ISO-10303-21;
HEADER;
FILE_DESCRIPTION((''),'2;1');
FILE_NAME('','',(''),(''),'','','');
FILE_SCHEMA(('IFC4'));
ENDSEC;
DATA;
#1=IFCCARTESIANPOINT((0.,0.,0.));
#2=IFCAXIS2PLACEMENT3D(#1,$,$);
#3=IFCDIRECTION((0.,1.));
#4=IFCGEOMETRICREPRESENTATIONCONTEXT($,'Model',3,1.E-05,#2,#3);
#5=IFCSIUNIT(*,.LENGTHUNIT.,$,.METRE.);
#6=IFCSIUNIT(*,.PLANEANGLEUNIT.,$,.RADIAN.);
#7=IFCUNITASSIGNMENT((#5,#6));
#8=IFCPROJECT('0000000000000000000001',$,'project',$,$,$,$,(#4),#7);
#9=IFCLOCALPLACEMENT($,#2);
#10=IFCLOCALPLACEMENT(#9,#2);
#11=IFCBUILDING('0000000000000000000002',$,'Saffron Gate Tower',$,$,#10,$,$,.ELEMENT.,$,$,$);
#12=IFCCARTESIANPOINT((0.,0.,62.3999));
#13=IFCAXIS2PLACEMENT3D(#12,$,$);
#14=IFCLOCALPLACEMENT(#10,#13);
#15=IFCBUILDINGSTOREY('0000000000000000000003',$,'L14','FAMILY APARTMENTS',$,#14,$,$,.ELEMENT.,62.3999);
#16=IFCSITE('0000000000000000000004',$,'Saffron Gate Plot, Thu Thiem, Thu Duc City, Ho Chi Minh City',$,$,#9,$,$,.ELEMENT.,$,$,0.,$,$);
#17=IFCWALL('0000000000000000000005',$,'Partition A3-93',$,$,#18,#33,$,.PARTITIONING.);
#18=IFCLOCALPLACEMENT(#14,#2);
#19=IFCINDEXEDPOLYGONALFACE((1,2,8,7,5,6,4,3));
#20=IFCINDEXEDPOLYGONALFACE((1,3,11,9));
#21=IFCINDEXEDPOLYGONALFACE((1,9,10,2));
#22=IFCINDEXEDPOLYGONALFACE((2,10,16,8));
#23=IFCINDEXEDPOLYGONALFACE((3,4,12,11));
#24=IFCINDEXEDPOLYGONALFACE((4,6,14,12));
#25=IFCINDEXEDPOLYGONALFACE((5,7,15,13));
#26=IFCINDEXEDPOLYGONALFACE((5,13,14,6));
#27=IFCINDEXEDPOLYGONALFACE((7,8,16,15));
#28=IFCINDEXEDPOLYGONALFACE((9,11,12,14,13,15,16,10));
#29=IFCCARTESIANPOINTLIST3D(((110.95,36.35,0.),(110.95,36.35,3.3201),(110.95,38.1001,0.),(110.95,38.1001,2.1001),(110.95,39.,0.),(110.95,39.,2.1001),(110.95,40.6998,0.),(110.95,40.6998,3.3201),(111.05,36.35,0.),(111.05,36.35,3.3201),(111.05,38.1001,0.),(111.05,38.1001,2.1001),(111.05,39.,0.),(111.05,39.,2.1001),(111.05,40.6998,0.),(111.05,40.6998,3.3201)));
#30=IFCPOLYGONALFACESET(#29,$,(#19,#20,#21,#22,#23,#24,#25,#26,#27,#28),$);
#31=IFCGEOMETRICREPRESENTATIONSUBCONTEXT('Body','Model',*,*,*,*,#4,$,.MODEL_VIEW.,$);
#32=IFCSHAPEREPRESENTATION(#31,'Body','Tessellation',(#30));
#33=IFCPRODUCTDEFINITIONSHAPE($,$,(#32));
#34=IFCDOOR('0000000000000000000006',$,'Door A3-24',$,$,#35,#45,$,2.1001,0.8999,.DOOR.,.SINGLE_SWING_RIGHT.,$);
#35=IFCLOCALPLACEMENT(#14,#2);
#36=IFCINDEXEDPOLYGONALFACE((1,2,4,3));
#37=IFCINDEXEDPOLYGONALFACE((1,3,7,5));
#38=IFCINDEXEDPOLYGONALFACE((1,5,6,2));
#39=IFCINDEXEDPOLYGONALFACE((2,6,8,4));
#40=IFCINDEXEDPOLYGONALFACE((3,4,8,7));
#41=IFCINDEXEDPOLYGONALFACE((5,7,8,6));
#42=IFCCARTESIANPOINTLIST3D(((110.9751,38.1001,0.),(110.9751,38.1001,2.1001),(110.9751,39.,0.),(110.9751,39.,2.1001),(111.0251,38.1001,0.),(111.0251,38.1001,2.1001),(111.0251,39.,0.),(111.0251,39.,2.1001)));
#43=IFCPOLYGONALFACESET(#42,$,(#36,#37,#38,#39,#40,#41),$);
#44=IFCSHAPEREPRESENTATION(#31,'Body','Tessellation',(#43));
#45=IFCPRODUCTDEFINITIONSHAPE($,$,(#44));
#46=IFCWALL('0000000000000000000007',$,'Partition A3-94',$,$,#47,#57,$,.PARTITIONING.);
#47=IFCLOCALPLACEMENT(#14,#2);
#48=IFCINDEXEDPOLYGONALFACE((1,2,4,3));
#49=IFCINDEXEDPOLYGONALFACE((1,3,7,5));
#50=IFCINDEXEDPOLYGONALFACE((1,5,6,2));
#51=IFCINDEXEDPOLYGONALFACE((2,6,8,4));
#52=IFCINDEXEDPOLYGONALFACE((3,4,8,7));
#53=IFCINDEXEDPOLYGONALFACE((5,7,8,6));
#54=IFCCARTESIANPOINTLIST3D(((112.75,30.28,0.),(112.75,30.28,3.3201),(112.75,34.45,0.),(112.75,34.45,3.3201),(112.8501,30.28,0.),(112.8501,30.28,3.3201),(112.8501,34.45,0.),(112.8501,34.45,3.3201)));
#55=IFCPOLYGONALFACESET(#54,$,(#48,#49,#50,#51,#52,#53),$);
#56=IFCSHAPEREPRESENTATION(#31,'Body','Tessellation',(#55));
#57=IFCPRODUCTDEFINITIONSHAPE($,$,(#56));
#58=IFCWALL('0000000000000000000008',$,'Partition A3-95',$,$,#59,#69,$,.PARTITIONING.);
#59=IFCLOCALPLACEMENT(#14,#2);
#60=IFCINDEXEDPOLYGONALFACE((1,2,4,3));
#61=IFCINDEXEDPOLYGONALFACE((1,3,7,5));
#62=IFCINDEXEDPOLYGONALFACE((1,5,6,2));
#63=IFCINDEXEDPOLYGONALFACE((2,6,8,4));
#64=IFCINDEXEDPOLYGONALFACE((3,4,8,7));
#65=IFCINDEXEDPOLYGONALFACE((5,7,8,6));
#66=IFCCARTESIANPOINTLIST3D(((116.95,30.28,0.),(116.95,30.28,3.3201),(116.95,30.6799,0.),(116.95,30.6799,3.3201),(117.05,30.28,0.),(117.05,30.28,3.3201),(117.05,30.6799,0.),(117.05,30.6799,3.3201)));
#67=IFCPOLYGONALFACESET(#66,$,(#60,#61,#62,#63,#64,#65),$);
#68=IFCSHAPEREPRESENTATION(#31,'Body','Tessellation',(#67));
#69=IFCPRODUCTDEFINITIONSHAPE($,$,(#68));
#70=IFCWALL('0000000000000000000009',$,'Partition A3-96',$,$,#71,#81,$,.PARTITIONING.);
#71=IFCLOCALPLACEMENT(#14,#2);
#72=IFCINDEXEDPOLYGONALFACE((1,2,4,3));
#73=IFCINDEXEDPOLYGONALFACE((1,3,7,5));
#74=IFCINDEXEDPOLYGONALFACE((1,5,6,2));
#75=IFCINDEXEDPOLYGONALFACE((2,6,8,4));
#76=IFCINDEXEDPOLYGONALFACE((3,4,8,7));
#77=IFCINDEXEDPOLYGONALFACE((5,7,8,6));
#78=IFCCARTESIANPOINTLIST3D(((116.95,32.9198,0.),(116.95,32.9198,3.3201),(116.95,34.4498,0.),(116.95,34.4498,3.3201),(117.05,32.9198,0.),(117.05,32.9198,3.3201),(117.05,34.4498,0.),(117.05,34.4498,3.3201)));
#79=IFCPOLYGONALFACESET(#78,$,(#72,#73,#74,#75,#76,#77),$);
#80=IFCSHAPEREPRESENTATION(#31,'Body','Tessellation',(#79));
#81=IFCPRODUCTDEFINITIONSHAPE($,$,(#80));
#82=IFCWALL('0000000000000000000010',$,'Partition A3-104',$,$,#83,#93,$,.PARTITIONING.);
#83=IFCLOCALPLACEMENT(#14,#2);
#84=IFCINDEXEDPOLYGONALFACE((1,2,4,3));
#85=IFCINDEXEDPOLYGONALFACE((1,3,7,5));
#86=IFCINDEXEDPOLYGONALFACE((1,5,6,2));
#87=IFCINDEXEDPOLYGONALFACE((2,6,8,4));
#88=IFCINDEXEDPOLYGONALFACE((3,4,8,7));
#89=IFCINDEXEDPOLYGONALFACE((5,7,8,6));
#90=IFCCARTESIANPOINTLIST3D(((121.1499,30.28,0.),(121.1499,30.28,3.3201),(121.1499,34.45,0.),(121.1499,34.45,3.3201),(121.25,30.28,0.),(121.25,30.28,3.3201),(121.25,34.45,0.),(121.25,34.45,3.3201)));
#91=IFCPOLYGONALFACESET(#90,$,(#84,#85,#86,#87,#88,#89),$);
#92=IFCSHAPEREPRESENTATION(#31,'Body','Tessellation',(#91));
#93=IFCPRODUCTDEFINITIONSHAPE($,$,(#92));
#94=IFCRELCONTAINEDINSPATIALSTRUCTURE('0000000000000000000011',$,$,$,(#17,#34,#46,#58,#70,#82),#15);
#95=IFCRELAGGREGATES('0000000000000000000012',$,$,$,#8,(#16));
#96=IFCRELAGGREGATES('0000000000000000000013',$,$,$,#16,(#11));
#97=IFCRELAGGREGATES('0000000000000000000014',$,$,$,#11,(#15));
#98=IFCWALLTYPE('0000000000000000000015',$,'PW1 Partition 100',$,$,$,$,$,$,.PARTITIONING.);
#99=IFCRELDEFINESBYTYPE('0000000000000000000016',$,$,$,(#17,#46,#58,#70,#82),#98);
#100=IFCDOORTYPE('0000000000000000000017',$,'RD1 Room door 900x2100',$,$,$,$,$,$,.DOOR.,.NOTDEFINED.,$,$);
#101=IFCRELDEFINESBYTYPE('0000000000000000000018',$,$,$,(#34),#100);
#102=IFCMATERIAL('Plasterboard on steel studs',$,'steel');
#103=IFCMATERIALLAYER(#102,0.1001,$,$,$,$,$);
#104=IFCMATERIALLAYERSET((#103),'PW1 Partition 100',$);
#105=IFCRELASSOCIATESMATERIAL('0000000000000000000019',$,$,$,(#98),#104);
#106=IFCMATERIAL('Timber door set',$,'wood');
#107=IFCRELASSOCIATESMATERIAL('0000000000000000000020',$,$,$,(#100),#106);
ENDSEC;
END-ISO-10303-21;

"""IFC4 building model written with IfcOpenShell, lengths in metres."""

from ifc_helpers import new_model, si_unit, direction, frame, frame_2d, origin, place, context, subcontext, project, spatial, rectangle, extrude, material, layer, layer_set, type_object, element, fill, save


model = new_model("IFC4")

# Units and contexts
model_context = context("Model", 3, precision=1e-05, world=origin(), true_north=direction((0.0, 1.0)))
body_context = subcontext(model_context, "Body", "Model", "MODEL_VIEW")
ifc_project = project(units=[si_unit("LENGTHUNIT", "METRE"), si_unit("PLANEANGLEUNIT", "RADIAN")], contexts=[model_context])

# Site, building, storey
site_placement = place(None, origin())
site = spatial("IfcSite", under=ifc_project, at=site_placement, Name="Saffron Gate Plot, Thu Thiem, Thu Duc City, Ho Chi Minh City", CompositionType="ELEMENT", RefElevation=0.0)
building_placement = place(site_placement, origin())
building = spatial("IfcBuilding", under=site, at=building_placement, Name="Saffron Gate Tower", CompositionType="ELEMENT")
storey_placement = place(building_placement, frame((0.0, 0.0, 62.3999)))
storey = spatial("IfcBuildingStorey", under=building, at=storey_placement, Name="L14", Description="FAMILY APARTMENTS", CompositionType="ELEMENT", Elevation=62.3999)

# Wall, opening, door
ifc_material_1 = material(Name="Plasterboard on steel studs", Category="steel")
ifc_layer = layer(ifc_material_1, 0.1001)
ifc_layer_set = layer_set([ifc_layer], Name="PW1 Partition 100")
wall_type = type_object("IfcWallType", Name="PW1 Partition 100", PredefinedType="PARTITIONING", material=ifc_layer_set)
ifc_material_2 = material(Name="Timber door set", Category="wood")
door_type = type_object("IfcDoorType", Name="RD1 Room door 900x2100", OperationType="NOTDEFINED", PredefinedType="DOOR", material=ifc_material_2)
wall_1_placement = place(storey_placement, frame((111.0, 36.3501, 0.0), z_axis=(0.0, 0.0, 1.0), x_axis=(0.0, 1.0, 0.0)))
wall_1 = element("IfcWall", 1, at=wall_1_placement, inside=storey, type_object=wall_type, Name="Partition A3-93", PredefinedType="PARTITIONING", context=body_context, shape_type="SweptSolid", body=[
    extrude(rectangle(XDim=4.3499, YDim=0.1001, at=frame_2d((2.1748, 0.0))), origin(), (0.0, 0.0, 1.0), 3.3201),
])
opening_1_placement = place(wall_1_placement, frame((1.75, 0.0, 0.0)))
opening_1 = element("IfcOpeningElement", 2, at=opening_1_placement, cuts=wall_1, PredefinedType="OPENING", context=body_context, shape_type="SweptSolid", body=[
    extrude(rectangle(XDim=0.8999, YDim=2.1001, at=frame_2d((0.45, 1.05))), frame((0.0, 0.0601, 0.0), z_axis=(0.0, -1.0, 0.0), x_axis=(1.0, 0.0, 0.0)), (0.0, 0.0, 1.0), 0.1201),
])
door_1_placement = place(opening_1_placement, origin())
door_1 = element("IfcDoor", 3, at=door_1_placement, inside=storey, type_object=door_type, Name="Door A3-24", OperationType="SINGLE_SWING_RIGHT", OverallHeight=2.1001, OverallWidth=0.8999, PredefinedType="DOOR", context=body_context, shape_type="SweptSolid", body=[
    extrude(rectangle(XDim=0.8999, YDim=2.1001, at=frame_2d((0.45, 1.05))), frame((0.0, 0.0249, 0.0), z_axis=(0.0, -1.0, 0.0), x_axis=(1.0, 0.0, 0.0)), (0.0, 0.0, 1.0), 0.05),
])
fill(opening_1, door_1)

# Walls
wall_2_placement = place(storey_placement, frame((112.8, 34.45, 0.0), z_axis=(0.0, 0.0, 1.0), x_axis=(0.0, -1.0, 0.0)))
element("IfcWall", 4, at=wall_2_placement, inside=storey, type_object=wall_type, Name="Partition A3-94", PredefinedType="PARTITIONING", context=body_context, shape_type="SweptSolid", body=[
    extrude(rectangle(XDim=4.1699, YDim=0.1001, at=frame_2d((2.085, 0.0))), origin(), (0.0, 0.0, 1.0), 3.3201),
])
wall_3_placement = place(storey_placement, frame((117.0, 30.6799, 0.0), z_axis=(0.0, 0.0, 1.0), x_axis=(0.0, -1.0, 0.0)))
element("IfcWall", 5, at=wall_3_placement, inside=storey, type_object=wall_type, Name="Partition A3-95", PredefinedType="PARTITIONING", context=body_context, shape_type="SweptSolid", body=[
    extrude(rectangle(XDim=0.3999, YDim=0.1001, at=frame_2d((0.2, 0.0))), origin(), (0.0, 0.0, 1.0), 3.3201),
])
wall_4_placement = place(storey_placement, frame((117.0, 34.45, 0.0), z_axis=(0.0, 0.0, 1.0), x_axis=(0.0, -1.0, 0.0)))
element("IfcWall", 6, at=wall_4_placement, inside=storey, type_object=wall_type, Name="Partition A3-96", PredefinedType="PARTITIONING", context=body_context, shape_type="SweptSolid", body=[
    extrude(rectangle(XDim=1.53, YDim=0.1001, at=frame_2d((0.7651, 0.0))), origin(), (0.0, 0.0, 1.0), 3.3201),
])
wall_5_placement = place(storey_placement, frame((121.2, 34.45, 0.0), z_axis=(0.0, 0.0, 1.0), x_axis=(0.0, -1.0, 0.0)))
element("IfcWall", 7, at=wall_5_placement, inside=storey, type_object=wall_type, Name="Partition A3-104", PredefinedType="PARTITIONING", context=body_context, shape_type="SweptSolid", body=[
    extrude(rectangle(XDim=4.1699, YDim=0.1001, at=frame_2d((2.085, 0.0))), origin(), (0.0, 0.0, 1.0), 3.3201),
])

save(model, "model.ifc")
